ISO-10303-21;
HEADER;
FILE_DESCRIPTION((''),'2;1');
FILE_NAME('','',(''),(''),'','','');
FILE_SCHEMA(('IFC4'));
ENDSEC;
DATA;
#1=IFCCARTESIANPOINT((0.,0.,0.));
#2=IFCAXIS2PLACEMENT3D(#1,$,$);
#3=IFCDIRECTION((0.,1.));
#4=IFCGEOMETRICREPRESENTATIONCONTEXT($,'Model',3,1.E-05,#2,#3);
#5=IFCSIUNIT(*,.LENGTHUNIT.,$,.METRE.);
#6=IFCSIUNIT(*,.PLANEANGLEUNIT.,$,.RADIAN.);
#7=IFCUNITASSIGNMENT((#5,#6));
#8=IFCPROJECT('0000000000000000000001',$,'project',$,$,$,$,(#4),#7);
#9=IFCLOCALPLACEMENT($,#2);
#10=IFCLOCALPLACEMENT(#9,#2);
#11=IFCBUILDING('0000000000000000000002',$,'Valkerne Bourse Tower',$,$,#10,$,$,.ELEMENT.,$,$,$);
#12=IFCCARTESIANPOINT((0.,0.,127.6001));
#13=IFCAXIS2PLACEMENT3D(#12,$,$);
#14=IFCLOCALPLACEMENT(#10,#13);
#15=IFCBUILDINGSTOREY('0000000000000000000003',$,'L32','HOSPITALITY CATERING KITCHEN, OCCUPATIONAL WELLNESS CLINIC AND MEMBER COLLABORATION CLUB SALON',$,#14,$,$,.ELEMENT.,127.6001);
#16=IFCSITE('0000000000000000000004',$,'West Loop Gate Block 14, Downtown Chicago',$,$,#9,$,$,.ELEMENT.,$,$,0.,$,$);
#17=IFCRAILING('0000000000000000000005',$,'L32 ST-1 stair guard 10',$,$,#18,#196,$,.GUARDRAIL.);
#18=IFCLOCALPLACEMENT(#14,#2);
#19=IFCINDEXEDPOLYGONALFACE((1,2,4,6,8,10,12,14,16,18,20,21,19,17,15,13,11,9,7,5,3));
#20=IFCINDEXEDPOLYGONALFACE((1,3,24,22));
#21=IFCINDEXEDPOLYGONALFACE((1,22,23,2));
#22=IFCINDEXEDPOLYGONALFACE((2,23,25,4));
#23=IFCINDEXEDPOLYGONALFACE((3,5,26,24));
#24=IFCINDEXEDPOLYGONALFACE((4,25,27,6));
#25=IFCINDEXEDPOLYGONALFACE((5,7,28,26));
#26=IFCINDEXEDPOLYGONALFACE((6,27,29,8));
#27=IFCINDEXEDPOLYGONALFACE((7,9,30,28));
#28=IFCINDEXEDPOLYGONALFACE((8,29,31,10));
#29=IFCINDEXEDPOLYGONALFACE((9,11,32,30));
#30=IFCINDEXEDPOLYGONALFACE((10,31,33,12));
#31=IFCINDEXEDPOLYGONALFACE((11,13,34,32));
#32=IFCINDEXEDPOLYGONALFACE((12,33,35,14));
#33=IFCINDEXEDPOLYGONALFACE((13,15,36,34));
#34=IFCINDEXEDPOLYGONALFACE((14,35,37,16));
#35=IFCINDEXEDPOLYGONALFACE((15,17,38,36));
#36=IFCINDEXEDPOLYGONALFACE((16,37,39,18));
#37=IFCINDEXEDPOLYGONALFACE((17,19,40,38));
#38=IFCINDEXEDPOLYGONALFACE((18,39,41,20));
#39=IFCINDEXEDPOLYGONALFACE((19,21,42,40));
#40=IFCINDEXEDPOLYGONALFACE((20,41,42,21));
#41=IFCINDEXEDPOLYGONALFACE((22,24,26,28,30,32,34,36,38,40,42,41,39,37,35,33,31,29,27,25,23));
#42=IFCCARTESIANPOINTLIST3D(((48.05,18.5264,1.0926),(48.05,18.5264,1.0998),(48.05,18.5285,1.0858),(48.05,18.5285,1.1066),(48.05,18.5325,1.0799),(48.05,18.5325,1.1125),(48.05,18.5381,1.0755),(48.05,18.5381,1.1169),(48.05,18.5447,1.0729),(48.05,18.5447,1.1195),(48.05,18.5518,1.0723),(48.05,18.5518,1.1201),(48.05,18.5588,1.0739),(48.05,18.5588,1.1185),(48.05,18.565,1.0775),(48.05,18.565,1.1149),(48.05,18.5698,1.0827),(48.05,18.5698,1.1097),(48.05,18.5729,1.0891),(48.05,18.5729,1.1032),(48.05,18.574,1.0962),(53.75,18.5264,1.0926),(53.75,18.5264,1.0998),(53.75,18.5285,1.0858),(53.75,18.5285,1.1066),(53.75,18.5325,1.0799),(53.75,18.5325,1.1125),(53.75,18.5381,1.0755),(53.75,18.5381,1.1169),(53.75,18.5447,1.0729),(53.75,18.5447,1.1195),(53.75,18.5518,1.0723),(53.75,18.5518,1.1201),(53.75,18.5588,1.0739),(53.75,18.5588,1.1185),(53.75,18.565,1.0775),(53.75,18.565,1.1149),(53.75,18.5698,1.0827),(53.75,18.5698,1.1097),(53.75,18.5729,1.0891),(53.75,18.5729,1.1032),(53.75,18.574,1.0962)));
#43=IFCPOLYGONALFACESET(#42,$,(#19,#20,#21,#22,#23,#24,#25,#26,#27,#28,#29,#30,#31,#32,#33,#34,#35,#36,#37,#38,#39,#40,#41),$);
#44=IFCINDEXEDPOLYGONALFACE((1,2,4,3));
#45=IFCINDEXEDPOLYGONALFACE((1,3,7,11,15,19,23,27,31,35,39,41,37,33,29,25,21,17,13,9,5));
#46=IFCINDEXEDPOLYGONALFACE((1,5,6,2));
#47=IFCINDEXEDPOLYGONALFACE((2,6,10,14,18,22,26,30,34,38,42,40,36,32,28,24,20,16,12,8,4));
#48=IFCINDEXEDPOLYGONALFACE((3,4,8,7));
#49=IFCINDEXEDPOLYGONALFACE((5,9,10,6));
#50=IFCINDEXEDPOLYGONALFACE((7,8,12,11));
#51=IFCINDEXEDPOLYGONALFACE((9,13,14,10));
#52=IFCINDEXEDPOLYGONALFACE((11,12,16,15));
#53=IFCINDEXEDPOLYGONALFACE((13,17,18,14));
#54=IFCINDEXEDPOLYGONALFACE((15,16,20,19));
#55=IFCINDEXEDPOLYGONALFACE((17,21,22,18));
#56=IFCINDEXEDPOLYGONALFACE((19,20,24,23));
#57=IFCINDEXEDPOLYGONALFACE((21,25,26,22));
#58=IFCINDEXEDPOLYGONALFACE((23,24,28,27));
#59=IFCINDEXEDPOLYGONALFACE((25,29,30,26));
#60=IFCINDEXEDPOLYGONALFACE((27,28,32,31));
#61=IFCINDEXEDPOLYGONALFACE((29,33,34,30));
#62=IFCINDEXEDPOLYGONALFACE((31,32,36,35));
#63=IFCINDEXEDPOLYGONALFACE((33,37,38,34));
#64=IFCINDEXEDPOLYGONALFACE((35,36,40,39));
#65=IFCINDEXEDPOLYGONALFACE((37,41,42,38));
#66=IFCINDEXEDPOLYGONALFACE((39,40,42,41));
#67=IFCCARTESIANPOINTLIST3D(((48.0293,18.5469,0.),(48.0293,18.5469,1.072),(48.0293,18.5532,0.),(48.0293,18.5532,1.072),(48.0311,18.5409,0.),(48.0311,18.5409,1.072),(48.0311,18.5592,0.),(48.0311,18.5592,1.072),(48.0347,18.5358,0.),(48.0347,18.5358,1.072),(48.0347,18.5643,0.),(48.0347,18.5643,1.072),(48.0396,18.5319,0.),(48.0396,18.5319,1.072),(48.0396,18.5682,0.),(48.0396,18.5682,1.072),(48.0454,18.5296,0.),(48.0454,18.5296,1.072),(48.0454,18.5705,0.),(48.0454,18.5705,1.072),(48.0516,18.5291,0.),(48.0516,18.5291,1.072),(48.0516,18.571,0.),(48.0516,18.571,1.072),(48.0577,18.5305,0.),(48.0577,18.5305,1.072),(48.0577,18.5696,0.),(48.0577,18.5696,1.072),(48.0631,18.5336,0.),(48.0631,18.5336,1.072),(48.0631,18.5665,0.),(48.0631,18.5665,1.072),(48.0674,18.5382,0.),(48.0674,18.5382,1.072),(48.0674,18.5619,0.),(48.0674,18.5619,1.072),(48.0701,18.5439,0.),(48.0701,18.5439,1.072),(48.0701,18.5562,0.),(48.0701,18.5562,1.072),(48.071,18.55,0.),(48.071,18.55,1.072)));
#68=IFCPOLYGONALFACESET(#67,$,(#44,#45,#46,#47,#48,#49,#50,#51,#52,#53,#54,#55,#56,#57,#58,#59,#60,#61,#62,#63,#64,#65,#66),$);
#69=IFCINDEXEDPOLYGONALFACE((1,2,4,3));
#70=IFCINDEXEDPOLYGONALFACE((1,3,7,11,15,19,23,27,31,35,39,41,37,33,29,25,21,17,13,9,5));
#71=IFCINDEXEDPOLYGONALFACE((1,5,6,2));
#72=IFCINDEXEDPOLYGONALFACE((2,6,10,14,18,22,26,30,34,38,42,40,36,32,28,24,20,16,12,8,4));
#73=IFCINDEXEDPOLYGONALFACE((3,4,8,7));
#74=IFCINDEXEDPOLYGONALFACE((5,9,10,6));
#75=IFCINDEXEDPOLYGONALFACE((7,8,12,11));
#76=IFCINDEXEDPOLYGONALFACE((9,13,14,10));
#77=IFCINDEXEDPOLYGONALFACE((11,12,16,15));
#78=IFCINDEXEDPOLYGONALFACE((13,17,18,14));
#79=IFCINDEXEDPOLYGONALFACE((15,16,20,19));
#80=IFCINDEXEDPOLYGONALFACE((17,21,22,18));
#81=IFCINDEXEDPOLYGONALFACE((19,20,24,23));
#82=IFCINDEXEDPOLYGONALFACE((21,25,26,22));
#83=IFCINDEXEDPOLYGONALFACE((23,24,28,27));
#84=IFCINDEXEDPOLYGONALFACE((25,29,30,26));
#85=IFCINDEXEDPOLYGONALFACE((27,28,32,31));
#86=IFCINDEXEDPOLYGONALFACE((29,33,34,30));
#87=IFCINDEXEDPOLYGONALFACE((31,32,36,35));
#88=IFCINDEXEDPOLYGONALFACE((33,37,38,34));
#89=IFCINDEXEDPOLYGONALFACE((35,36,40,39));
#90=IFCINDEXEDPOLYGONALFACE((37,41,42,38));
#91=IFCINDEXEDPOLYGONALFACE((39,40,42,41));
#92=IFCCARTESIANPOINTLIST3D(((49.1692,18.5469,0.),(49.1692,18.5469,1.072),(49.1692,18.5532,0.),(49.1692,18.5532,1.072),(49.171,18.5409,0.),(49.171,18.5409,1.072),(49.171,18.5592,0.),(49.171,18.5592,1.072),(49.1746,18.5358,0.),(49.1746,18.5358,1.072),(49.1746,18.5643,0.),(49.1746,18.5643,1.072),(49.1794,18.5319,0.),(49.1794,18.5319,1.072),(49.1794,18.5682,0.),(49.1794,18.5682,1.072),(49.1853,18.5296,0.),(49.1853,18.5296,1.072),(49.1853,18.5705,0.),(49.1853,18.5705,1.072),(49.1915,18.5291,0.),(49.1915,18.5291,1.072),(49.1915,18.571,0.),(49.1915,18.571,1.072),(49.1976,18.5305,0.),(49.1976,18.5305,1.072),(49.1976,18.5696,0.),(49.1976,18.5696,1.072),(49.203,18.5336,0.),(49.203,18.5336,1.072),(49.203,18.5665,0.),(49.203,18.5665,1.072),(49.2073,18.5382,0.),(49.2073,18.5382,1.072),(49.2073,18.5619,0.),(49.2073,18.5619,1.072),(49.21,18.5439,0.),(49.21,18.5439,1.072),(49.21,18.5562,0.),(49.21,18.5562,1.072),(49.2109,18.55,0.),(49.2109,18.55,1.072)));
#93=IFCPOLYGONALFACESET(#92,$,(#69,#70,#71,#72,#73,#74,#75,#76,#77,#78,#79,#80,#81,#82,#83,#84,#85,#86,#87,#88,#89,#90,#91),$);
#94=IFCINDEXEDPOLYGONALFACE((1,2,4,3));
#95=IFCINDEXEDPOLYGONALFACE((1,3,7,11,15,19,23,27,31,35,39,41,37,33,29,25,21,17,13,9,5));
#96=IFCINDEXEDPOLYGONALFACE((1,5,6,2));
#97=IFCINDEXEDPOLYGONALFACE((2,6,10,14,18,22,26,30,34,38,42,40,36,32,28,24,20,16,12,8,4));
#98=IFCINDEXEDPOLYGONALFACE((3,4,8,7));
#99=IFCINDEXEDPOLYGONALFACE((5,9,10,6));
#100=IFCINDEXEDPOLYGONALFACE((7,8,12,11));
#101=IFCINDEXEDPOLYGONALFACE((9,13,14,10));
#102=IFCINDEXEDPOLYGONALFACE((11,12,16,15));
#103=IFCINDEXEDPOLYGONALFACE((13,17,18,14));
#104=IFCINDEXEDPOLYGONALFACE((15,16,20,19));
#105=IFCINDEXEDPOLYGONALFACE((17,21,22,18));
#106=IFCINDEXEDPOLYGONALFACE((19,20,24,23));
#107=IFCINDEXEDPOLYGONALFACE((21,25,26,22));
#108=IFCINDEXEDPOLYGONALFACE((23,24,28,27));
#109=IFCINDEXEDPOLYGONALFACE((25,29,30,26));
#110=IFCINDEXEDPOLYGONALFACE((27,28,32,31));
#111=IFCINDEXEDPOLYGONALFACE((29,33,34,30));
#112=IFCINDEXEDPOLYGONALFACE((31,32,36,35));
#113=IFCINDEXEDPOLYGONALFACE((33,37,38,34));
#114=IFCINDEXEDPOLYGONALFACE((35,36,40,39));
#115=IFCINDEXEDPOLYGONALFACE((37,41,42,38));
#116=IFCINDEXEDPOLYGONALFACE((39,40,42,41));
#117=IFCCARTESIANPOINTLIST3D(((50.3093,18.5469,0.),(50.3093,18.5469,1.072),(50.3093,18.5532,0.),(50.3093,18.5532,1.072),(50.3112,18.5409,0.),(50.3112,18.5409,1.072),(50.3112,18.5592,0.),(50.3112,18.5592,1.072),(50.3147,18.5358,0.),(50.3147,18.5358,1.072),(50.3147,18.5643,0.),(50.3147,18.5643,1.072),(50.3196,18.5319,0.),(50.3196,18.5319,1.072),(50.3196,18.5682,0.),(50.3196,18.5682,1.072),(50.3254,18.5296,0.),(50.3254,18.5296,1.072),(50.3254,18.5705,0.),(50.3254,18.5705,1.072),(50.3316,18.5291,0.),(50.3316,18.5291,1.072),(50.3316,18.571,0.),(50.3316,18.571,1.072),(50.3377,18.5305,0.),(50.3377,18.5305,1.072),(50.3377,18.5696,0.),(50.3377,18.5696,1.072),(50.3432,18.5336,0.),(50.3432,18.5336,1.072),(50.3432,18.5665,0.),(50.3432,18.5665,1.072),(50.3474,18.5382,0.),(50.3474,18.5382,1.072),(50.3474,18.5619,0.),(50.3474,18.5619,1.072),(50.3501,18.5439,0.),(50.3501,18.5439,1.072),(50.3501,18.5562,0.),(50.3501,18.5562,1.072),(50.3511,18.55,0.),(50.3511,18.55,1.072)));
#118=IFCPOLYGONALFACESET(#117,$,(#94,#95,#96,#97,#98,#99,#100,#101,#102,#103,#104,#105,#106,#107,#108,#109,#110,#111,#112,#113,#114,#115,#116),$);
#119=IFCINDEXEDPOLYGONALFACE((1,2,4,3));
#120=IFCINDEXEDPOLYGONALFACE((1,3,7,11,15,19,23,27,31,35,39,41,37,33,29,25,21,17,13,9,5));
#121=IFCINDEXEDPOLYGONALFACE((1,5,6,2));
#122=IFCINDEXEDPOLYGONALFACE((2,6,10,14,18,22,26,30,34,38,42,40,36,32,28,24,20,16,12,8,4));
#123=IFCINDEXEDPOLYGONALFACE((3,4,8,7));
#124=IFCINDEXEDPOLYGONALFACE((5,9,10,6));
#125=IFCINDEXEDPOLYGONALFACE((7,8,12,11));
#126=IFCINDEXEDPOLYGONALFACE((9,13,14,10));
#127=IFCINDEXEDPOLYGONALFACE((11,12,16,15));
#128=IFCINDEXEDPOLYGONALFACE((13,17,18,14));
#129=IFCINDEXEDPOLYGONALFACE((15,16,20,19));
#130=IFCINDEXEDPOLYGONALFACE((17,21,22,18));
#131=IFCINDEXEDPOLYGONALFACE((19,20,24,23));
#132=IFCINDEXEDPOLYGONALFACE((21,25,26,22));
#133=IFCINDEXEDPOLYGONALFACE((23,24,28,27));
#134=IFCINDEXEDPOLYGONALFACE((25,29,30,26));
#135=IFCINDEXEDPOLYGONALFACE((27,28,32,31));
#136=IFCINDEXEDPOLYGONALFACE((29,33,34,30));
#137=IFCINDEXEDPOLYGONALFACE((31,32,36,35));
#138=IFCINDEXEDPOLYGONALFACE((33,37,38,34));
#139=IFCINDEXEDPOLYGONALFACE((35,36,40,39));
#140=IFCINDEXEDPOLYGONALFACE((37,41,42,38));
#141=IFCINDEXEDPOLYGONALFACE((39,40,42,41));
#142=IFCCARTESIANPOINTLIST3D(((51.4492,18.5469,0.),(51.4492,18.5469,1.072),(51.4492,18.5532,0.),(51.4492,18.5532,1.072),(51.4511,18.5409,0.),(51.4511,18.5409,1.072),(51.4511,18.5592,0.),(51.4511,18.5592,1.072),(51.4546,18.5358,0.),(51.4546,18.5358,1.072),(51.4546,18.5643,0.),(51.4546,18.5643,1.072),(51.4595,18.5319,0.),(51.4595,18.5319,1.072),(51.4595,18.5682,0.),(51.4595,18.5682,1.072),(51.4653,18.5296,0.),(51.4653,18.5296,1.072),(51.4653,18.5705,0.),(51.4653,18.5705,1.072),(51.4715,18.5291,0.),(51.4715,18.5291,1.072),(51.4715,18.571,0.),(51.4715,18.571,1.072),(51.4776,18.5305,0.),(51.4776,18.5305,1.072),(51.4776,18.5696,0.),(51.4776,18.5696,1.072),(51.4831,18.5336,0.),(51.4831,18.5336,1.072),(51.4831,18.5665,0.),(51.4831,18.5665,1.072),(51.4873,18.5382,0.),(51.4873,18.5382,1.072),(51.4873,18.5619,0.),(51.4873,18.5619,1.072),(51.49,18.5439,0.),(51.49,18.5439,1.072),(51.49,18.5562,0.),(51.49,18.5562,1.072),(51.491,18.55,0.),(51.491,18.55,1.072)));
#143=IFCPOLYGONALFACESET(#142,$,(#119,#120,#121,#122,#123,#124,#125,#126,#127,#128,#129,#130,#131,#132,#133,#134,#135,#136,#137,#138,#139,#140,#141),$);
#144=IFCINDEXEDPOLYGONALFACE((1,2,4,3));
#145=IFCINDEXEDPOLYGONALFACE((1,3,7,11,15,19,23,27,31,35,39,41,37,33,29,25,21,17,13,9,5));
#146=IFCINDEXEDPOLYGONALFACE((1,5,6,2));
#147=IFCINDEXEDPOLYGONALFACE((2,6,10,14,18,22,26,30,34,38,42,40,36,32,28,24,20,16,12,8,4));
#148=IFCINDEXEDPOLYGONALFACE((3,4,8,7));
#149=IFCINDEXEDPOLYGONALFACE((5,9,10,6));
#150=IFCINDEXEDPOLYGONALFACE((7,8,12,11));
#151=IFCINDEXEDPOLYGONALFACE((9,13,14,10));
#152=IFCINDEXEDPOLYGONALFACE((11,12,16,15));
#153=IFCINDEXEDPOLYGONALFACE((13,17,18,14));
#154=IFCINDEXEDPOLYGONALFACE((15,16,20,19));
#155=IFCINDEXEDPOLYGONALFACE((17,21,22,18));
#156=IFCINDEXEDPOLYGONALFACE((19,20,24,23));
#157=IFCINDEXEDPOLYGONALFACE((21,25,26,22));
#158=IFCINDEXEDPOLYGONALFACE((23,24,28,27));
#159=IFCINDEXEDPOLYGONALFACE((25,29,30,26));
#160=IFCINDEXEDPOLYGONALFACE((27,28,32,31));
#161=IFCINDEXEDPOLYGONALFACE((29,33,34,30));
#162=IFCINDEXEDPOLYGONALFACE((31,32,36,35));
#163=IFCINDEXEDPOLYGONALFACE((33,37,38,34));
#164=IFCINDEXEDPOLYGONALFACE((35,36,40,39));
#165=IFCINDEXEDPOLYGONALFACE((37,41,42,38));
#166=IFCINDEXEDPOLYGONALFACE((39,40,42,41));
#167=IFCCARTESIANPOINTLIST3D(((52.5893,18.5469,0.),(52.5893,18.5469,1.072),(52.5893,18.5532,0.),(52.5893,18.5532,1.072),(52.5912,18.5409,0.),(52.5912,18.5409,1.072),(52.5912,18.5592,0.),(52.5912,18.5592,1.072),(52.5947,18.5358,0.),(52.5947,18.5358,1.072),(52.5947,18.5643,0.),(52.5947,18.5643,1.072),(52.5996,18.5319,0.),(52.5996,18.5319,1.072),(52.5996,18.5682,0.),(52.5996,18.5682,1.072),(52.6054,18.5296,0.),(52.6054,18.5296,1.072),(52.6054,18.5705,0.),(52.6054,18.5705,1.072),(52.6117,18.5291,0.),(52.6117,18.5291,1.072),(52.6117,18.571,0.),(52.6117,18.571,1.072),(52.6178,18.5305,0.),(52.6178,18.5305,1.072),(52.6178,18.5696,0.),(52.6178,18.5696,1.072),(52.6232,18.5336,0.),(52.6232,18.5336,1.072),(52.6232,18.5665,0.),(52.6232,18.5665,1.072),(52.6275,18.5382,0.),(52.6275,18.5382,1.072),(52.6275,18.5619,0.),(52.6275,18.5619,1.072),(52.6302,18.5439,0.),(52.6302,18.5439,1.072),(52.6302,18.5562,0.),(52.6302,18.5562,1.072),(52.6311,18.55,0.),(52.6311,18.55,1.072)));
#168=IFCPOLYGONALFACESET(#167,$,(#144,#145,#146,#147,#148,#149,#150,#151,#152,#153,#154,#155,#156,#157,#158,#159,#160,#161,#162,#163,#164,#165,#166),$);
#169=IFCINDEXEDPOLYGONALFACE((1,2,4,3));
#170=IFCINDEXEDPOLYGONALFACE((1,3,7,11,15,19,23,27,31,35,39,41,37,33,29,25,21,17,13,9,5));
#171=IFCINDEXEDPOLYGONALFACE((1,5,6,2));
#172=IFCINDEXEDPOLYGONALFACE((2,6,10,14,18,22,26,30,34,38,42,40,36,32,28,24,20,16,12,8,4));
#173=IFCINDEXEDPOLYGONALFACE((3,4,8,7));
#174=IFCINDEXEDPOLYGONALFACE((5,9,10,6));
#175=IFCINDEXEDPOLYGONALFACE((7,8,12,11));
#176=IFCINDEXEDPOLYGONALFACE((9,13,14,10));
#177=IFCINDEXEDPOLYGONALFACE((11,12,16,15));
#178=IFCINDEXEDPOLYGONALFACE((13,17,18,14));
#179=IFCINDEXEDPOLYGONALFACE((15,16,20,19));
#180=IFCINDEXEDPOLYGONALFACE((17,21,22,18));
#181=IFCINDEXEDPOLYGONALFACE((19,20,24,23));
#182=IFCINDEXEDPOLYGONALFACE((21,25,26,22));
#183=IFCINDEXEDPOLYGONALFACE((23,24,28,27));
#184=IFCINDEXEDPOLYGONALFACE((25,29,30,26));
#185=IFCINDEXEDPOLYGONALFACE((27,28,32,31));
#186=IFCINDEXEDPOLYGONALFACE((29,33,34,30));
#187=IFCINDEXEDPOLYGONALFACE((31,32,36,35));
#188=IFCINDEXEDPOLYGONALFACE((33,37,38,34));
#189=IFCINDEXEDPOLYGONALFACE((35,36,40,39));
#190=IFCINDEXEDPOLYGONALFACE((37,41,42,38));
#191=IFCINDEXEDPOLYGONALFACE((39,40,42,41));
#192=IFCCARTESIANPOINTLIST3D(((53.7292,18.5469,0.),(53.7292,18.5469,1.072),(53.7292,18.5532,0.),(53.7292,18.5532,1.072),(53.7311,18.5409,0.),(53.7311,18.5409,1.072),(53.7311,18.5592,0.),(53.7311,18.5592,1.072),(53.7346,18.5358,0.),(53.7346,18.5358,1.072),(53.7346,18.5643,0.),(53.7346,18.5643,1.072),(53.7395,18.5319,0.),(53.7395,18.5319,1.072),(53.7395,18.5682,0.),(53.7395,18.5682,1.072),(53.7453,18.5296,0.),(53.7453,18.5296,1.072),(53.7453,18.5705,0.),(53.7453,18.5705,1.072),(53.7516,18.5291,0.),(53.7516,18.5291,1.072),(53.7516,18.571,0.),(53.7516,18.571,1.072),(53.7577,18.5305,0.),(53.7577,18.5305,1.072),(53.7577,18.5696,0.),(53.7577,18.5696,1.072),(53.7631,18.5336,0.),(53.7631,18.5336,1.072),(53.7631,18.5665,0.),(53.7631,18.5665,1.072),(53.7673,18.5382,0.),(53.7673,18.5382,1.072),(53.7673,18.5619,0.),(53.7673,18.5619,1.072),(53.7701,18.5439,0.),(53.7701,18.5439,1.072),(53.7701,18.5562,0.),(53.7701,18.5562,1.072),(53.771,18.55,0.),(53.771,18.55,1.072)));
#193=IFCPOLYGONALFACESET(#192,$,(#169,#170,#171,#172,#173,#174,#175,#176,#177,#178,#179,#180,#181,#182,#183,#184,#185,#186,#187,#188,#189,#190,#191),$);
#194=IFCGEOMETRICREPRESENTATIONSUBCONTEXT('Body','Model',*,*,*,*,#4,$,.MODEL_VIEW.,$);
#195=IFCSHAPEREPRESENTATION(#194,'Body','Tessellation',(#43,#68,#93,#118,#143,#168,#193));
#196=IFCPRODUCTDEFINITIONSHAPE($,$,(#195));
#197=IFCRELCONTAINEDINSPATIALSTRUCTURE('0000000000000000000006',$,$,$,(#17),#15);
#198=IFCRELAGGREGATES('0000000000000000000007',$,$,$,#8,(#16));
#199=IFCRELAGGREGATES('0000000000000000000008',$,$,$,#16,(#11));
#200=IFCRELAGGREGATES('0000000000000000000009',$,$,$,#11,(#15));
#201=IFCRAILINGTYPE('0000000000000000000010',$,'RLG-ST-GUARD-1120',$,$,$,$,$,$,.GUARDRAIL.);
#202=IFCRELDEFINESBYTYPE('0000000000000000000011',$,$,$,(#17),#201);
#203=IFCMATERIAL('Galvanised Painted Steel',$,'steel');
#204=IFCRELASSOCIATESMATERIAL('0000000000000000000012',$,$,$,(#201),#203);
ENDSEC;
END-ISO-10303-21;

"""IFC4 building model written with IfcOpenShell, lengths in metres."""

from ifc_helpers import new_model, si_unit, direction, frame, origin, origin_2d, place, context, subcontext, project, spatial, circle, extrude, material, type_object, element, save


model = new_model("IFC4")

# Units and contexts
model_context = context("Model", 3, precision=1e-05, world=origin(), true_north=direction((0.0, 1.0)))
body_context = subcontext(model_context, "Body", "Model", "MODEL_VIEW")
ifc_project = project(units=[si_unit("LENGTHUNIT", "METRE"), si_unit("PLANEANGLEUNIT", "RADIAN")], contexts=[model_context])

# Site, building, storey
site_placement = place(None, origin())
site = spatial("IfcSite", under=ifc_project, at=site_placement, Name="West Loop Gate Block 14, Downtown Chicago", CompositionType="ELEMENT", RefElevation=0.0)
building_placement = place(site_placement, origin())
building = spatial("IfcBuilding", under=site, at=building_placement, Name="Valkerne Bourse Tower", CompositionType="ELEMENT")
storey_placement = place(building_placement, frame((0.0, 0.0, 127.6001)))
storey = spatial("IfcBuildingStorey", under=building, at=storey_placement, Name="L32", Description="HOSPITALITY CATERING KITCHEN, OCCUPATIONAL WELLNESS CLINIC AND MEMBER COLLABORATION CLUB SALON", CompositionType="ELEMENT", Elevation=127.6001)

# Shared definitions
ifc_material_1 = material(Name="Galvanised Painted Steel", Category="steel")

# Railing
railing_type = type_object("IfcRailingType", Name="RLG-ST-GUARD-1120", PredefinedType="GUARDRAIL", material=ifc_material_1)
for number, where, name in (
    (1, (48.05, 18.55, 0.0), "L32 ST-1 stair guard 10"),
):
    element("IfcRailing", number, at=place(storey_placement, frame(where)), inside=storey, type_object=railing_type, Name=name, PredefinedType="GUARDRAIL", context=body_context, shape_type="SweptSolid", body=[
        extrude(circle(Radius=0.0239, at=origin_2d()), frame((0.0, 0.0, 1.0962), z_axis=(1.0, 0.0, 0.0), x_axis=(0.0, 1.0, 0.0)), (0.0, 0.0, 1.0), 5.7),
        extrude(circle(Radius=0.021, at=origin_2d()), origin(), (0.0, 0.0, 1.0), 1.072),
        extrude(circle(Radius=0.021, at=origin_2d()), frame((1.1399, 0.0, 0.0)), (0.0, 0.0, 1.0), 1.072),
        extrude(circle(Radius=0.021, at=origin_2d()), frame((2.28, 0.0, 0.0)), (0.0, 0.0, 1.0), 1.072),
        extrude(circle(Radius=0.021, at=origin_2d()), frame((3.4199, 0.0, 0.0)), (0.0, 0.0, 1.0), 1.072),
        extrude(circle(Radius=0.021, at=origin_2d()), frame((4.5601, 0.0, 0.0)), (0.0, 0.0, 1.0), 1.072),
        extrude(circle(Radius=0.021, at=origin_2d()), frame((5.7, 0.0, 0.0)), (0.0, 0.0, 1.0), 1.072),
    ])

save(model, "model.ifc")
